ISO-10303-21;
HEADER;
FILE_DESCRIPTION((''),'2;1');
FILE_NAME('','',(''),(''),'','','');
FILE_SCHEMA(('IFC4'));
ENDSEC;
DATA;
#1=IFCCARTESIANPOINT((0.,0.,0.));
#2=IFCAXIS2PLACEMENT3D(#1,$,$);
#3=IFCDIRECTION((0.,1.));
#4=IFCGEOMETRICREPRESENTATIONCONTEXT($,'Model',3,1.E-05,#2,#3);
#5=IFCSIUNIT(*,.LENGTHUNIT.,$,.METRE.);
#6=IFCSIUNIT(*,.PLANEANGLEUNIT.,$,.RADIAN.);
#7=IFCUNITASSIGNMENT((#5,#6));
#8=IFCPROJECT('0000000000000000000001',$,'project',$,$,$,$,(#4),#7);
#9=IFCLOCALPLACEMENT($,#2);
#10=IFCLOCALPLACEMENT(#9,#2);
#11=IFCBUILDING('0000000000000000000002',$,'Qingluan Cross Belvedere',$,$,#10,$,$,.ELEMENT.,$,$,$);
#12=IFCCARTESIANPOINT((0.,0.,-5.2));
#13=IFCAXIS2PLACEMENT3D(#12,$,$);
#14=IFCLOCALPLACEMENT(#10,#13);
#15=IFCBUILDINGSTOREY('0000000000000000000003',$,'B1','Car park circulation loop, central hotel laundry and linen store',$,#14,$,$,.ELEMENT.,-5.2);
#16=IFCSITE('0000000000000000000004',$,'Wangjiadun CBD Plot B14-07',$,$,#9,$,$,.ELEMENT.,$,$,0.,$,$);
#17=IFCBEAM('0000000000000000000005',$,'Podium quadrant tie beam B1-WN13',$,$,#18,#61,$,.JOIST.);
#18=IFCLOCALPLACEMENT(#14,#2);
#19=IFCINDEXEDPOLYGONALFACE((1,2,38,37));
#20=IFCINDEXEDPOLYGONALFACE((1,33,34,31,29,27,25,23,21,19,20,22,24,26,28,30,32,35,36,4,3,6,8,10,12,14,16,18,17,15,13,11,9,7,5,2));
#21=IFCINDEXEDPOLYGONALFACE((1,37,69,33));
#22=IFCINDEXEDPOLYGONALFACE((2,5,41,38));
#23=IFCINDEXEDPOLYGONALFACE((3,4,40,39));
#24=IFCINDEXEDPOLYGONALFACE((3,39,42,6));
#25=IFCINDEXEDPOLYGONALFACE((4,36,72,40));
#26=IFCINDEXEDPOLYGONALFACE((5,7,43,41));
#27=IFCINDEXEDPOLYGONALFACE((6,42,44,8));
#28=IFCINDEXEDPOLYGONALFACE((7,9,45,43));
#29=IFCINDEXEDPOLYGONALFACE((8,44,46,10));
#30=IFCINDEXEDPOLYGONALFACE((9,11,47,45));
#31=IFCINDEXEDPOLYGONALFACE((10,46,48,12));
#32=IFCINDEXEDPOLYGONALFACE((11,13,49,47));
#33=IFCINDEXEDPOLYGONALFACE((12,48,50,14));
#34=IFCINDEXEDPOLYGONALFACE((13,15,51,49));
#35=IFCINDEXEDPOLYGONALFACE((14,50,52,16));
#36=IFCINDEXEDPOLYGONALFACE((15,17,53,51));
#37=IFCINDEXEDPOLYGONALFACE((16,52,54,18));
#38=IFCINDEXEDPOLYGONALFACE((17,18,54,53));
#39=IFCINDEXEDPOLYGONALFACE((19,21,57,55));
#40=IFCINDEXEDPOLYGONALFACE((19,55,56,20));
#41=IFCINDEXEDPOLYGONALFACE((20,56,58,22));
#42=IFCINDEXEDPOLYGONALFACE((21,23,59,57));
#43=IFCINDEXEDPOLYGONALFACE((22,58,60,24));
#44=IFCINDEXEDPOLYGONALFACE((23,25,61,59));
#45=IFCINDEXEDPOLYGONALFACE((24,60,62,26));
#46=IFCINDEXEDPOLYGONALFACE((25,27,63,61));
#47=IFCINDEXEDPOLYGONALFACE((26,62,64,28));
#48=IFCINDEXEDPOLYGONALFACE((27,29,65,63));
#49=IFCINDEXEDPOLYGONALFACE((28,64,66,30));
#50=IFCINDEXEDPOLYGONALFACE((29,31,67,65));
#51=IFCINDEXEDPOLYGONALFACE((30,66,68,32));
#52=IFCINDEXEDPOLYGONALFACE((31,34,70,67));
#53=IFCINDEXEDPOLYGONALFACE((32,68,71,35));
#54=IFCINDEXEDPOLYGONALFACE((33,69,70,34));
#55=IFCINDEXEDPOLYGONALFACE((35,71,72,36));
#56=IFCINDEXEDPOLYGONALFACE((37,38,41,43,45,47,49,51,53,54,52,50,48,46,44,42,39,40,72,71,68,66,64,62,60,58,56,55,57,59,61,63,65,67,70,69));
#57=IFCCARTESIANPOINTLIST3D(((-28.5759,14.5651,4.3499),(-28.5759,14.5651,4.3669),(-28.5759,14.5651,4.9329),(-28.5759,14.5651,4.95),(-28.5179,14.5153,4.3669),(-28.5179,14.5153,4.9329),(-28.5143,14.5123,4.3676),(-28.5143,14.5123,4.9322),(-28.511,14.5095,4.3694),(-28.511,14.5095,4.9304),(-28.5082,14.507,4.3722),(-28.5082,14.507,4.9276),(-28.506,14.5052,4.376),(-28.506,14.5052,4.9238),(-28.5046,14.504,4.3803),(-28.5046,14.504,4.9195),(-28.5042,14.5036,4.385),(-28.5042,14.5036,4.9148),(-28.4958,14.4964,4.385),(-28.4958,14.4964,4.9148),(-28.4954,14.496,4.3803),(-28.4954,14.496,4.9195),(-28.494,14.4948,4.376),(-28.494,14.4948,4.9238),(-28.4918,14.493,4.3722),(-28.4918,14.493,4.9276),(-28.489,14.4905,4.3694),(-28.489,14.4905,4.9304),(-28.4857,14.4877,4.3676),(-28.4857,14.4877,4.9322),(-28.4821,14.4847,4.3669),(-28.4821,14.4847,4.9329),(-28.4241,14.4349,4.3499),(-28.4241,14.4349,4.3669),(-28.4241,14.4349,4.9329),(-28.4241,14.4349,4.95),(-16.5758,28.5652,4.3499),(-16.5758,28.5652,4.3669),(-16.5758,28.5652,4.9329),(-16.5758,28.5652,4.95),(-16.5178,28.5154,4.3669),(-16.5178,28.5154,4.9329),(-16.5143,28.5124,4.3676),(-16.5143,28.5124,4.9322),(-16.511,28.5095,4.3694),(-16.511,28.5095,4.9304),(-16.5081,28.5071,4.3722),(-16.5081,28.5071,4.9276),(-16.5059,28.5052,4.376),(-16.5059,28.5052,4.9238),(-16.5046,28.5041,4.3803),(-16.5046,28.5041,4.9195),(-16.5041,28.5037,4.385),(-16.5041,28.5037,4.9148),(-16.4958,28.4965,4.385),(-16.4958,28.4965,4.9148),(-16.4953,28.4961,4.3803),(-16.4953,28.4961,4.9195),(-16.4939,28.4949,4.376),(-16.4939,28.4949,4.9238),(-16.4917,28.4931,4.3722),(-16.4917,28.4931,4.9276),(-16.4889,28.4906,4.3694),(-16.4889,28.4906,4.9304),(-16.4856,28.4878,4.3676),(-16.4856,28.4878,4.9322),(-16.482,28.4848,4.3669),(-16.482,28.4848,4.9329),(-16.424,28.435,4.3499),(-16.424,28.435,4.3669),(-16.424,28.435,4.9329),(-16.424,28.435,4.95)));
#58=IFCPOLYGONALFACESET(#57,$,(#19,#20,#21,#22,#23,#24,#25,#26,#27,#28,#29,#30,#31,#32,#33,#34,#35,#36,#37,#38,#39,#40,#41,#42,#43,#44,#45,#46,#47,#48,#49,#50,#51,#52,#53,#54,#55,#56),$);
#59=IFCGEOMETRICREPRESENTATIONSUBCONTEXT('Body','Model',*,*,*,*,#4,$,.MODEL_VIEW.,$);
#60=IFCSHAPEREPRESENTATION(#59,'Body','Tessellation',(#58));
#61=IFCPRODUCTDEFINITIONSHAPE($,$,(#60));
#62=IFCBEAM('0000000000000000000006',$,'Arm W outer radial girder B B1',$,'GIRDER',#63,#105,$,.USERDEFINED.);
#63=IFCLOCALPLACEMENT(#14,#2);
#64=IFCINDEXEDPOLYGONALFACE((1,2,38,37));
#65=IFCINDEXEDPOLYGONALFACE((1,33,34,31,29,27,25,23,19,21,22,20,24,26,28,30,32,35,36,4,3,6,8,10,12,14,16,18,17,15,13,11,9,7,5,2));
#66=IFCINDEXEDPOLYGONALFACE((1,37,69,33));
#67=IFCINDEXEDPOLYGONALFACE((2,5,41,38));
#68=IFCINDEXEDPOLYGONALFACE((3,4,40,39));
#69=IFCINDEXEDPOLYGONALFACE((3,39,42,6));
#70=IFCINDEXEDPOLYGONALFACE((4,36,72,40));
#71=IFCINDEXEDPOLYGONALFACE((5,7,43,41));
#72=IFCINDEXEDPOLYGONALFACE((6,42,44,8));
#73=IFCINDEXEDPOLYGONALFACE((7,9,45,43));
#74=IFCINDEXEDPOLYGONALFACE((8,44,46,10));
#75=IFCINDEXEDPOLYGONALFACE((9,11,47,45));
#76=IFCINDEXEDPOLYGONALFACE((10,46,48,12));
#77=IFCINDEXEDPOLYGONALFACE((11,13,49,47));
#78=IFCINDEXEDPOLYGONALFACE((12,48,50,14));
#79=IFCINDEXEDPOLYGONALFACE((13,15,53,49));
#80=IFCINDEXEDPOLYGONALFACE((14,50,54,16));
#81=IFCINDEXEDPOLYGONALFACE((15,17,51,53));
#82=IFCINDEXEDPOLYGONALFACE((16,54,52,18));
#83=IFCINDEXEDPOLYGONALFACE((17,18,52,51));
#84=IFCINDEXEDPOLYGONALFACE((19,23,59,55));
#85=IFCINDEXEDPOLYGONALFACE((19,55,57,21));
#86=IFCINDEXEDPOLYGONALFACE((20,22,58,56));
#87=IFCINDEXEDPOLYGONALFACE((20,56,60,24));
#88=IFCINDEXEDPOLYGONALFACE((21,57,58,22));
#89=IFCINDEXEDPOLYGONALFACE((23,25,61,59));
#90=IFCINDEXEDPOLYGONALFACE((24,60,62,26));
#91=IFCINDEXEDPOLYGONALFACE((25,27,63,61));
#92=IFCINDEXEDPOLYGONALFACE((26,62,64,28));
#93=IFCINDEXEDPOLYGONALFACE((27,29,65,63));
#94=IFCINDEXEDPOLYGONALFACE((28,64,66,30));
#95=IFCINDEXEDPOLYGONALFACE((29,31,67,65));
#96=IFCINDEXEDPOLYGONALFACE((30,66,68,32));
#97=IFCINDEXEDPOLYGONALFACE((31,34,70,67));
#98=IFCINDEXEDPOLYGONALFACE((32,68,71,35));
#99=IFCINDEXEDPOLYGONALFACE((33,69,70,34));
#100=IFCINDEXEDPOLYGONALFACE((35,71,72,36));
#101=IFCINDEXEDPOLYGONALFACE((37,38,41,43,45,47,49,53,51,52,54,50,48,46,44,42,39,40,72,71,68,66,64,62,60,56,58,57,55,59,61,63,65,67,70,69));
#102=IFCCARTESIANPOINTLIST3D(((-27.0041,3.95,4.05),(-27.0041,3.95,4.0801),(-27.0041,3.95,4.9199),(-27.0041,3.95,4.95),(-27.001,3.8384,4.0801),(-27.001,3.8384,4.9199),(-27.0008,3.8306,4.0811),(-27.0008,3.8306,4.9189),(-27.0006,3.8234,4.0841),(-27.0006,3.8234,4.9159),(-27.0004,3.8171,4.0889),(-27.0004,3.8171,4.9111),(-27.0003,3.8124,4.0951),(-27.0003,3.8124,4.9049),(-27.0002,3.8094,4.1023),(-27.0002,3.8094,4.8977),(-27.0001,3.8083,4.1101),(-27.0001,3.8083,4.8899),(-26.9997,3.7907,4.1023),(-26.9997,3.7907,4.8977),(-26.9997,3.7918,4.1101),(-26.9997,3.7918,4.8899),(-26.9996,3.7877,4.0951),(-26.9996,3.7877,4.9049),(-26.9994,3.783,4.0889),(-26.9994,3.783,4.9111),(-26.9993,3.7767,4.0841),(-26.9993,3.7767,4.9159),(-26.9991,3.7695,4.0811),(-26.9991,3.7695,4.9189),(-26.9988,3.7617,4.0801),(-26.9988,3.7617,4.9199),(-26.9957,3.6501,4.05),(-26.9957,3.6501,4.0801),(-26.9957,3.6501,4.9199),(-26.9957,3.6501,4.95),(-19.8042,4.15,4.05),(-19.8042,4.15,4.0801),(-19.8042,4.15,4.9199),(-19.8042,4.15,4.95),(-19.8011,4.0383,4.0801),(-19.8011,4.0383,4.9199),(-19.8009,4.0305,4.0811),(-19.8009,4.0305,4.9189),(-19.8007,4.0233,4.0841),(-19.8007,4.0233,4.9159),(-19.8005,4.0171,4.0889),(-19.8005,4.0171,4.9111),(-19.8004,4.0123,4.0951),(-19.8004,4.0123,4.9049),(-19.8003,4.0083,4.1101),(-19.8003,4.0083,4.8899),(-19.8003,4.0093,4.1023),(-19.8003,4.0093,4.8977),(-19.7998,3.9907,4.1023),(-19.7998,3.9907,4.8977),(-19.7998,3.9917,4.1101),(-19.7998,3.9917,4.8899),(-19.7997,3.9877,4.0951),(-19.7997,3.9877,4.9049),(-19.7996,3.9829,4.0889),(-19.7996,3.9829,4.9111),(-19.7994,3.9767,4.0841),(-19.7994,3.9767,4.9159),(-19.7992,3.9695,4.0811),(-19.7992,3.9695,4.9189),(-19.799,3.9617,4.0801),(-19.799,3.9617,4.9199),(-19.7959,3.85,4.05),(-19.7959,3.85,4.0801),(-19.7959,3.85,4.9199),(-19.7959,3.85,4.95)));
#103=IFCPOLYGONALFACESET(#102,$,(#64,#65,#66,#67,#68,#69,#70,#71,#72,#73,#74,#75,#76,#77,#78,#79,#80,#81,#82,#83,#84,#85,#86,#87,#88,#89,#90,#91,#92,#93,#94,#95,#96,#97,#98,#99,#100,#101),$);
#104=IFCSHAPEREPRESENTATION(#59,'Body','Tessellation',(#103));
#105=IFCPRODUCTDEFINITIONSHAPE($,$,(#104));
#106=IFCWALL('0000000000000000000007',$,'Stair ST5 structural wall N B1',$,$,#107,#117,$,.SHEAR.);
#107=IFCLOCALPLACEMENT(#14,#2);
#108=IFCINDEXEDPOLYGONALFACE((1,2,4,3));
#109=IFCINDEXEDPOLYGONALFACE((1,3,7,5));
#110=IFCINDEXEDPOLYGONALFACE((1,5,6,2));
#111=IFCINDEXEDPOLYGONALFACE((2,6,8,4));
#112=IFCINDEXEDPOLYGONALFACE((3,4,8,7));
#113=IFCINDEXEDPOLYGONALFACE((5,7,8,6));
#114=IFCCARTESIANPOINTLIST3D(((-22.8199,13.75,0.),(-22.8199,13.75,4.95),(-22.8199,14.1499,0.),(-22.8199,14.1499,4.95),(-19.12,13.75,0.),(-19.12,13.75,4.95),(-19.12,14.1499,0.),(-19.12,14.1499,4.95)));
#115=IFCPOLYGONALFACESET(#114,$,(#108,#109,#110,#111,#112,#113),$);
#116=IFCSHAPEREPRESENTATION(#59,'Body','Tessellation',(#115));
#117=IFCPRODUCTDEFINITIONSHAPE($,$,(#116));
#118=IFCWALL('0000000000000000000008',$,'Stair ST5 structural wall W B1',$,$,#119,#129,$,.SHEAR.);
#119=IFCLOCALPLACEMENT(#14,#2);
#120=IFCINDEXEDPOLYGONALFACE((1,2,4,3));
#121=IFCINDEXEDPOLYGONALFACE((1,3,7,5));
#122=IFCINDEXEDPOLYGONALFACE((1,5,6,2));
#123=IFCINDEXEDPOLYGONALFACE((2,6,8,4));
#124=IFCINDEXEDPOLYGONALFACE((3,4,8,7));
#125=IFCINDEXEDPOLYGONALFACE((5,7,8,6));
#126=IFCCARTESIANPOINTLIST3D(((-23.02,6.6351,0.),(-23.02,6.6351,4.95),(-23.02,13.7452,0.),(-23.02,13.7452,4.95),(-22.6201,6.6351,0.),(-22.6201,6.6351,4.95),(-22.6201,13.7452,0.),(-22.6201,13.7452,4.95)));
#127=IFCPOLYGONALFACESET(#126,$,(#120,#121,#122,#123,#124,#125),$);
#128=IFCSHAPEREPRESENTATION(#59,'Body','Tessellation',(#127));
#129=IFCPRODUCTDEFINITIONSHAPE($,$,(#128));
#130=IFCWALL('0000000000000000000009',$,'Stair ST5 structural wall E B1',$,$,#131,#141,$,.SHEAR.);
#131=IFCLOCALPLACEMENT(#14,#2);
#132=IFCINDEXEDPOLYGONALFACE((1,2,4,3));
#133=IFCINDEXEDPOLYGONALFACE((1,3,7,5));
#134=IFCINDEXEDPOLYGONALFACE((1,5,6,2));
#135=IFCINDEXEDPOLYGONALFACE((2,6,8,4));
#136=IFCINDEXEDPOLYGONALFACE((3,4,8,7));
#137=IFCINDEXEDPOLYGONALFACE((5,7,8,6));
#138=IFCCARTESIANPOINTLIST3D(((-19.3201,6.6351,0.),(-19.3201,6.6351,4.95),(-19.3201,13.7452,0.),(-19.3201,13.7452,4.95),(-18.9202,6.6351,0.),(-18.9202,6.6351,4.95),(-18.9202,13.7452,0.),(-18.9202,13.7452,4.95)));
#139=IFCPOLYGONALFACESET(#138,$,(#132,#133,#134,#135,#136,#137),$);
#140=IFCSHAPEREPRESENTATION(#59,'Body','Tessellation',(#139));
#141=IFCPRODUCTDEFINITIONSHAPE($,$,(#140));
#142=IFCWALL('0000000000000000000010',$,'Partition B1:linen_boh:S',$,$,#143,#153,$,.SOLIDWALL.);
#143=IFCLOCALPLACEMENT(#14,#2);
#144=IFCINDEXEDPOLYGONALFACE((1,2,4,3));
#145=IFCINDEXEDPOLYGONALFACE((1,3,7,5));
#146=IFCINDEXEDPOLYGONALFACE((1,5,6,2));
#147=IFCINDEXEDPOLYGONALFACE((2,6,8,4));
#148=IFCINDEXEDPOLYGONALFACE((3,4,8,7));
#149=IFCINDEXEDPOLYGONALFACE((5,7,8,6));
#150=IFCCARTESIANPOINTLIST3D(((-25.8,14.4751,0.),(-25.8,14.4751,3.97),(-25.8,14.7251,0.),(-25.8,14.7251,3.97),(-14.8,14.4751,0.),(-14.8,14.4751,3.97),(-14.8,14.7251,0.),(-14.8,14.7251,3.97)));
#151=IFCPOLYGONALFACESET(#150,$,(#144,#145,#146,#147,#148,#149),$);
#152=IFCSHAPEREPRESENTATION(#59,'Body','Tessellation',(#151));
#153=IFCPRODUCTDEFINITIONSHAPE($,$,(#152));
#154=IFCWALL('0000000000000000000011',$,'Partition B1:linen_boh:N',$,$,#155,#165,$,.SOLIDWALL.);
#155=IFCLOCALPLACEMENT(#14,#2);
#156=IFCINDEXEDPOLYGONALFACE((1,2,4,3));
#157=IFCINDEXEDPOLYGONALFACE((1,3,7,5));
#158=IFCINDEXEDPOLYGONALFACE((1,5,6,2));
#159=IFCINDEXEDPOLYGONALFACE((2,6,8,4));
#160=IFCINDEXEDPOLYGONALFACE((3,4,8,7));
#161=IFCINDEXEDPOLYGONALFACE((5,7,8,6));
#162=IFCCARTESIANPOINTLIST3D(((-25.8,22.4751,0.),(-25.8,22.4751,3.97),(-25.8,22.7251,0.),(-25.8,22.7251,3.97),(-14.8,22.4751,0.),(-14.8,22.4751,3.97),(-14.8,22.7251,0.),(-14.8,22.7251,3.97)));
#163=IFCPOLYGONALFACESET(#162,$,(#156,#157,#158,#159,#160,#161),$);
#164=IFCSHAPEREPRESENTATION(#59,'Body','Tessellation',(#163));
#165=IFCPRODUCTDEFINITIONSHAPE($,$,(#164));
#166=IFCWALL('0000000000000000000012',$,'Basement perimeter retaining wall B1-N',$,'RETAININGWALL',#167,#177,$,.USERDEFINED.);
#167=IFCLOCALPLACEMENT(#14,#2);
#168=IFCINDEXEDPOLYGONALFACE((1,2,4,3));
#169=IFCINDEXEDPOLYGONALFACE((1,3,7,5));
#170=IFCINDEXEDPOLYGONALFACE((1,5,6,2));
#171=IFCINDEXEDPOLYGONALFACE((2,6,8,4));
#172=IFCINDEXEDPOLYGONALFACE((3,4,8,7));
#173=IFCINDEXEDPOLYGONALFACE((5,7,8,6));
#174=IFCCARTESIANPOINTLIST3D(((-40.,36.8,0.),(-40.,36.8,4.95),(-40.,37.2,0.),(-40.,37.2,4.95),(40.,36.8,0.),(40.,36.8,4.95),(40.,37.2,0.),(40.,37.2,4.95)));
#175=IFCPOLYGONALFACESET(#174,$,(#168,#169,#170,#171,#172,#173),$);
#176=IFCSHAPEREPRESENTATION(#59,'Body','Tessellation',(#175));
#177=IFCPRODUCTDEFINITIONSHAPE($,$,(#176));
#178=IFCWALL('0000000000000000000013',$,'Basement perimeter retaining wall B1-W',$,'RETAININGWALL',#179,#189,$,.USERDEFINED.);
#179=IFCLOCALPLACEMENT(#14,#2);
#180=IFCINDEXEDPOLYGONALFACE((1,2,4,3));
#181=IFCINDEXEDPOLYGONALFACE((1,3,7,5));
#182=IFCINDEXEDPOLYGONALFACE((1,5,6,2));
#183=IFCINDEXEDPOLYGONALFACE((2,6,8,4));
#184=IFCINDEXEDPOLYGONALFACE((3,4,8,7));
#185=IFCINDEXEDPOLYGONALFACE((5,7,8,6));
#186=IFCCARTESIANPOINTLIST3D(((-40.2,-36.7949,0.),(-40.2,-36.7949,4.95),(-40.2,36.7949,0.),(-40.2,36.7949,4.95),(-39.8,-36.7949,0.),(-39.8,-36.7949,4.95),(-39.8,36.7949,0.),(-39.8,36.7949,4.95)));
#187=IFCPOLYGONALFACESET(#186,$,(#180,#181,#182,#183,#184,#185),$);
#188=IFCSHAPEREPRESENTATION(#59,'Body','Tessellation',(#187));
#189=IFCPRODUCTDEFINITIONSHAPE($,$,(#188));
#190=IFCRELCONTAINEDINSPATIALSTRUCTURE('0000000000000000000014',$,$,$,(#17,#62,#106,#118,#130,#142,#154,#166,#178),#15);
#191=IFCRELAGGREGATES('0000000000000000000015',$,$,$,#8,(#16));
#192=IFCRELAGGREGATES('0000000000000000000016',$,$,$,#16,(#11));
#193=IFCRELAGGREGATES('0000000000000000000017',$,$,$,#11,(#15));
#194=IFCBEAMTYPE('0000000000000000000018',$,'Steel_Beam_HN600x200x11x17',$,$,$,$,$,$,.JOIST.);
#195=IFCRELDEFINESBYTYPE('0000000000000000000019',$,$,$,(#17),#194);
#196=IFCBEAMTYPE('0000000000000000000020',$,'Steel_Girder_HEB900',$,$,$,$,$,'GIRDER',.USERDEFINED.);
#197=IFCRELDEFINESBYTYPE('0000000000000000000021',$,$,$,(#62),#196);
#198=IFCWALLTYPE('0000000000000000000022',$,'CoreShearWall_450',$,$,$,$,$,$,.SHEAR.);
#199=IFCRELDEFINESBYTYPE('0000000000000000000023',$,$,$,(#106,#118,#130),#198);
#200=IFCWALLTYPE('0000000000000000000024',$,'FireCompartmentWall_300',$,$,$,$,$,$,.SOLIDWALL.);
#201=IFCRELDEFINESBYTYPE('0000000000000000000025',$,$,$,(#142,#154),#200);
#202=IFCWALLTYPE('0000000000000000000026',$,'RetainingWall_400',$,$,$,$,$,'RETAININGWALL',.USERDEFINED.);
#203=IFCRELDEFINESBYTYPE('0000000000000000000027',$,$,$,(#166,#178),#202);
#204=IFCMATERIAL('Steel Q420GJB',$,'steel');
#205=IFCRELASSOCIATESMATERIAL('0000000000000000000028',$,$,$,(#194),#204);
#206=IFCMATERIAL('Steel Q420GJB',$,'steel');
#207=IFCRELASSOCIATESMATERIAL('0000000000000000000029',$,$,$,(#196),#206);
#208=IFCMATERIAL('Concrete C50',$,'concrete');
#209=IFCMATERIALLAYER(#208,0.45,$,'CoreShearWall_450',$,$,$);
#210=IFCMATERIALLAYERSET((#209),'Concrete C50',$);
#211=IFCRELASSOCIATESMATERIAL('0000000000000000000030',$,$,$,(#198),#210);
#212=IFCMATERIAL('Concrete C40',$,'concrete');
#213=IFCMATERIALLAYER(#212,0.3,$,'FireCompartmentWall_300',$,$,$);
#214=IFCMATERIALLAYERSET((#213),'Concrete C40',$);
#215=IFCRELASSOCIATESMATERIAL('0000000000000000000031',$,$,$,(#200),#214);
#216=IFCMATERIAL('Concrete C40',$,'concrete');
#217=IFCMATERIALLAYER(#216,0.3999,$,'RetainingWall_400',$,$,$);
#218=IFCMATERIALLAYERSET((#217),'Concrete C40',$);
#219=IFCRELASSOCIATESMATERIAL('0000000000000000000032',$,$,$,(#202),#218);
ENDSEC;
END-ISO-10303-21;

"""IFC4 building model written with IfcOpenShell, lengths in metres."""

from ifc_helpers import new_model, si_unit, direction, frame, frame_2d, origin, origin_2d, place, context, subcontext, project, spatial, rectangle, i_section, extrude, material, layer, layer_set, material_profile, profile_set, type_object, element, save


model = new_model("IFC4")

# Units and contexts
model_context = context("Model", 3, precision=1e-05, world=origin(), true_north=direction((0.0, 1.0)))
body_context = subcontext(model_context, "Body", "Model", "MODEL_VIEW")
ifc_project = project(units=[si_unit("LENGTHUNIT", "METRE"), si_unit("PLANEANGLEUNIT", "RADIAN")], contexts=[model_context])

# Site, building, storey
site_placement = place(None, origin())
site = spatial("IfcSite", under=ifc_project, at=site_placement, Name="Wangjiadun CBD Plot B14-07", CompositionType="ELEMENT", RefElevation=0.0)
building_placement = place(site_placement, origin())
building = spatial("IfcBuilding", under=site, at=building_placement, Name="Qingluan Cross Belvedere", CompositionType="ELEMENT")
storey_placement = place(building_placement, frame((0.0, 0.0, -5.2)))
storey = spatial("IfcBuildingStorey", under=building, at=storey_placement, Name="B1", Description="Car park circulation loop, central hotel laundry and linen store", CompositionType="ELEMENT", Elevation=-5.2)

# Beams
ifc_material_1 = material(Name="Steel Q420GJB", Category="steel")
ifc_material_profile_1 = material_profile(ifc_material_1, i_section(OverallWidth=0.2, OverallDepth=0.6001, WebThickness=0.011, FlangeThickness=0.0171, FilletRadius=0.0181, at=origin_2d()), Name="HN600x200x11x17")
ifc_profile_set_1 = profile_set([ifc_material_profile_1], Name="Steel Q420GJB")
beam_type_1 = type_object("IfcBeamType", Name="Steel_Beam_HN600x200x11x17", PredefinedType="JOIST", material=ifc_profile_set_1)
beam_1_placement = place(storey_placement, frame((-28.5, 14.5, 4.6499), z_axis=(0.650791, 0.759257, 0.0), x_axis=(-0.759257, 0.650791, 0.0)))
element("IfcBeam", 1, at=beam_1_placement, inside=storey, type_object=beam_type_1, Name="Podium quadrant tie beam B1-WN13", PredefinedType="JOIST", context=body_context, shape_type="SweptSolid", body=[
    extrude(i_section(OverallWidth=0.2, OverallDepth=0.6001, WebThickness=0.011, FlangeThickness=0.0171, FilletRadius=0.0181, at=origin_2d()), origin(), (0.0, 0.0, 1.0), 18.4392),
])
ifc_material_2 = material(Name="Steel Q420GJB", Category="steel")
ifc_material_profile_2 = material_profile(ifc_material_2, i_section(OverallWidth=0.3, OverallDepth=0.8999, WebThickness=0.0166, FlangeThickness=0.03, FilletRadius=0.03, at=origin_2d()), Name="HEB900")
ifc_profile_set_2 = profile_set([ifc_material_profile_2], Name="Steel Q420GJB")
beam_type_2 = type_object("IfcBeamType", Name="Steel_Girder_HEB900", ElementType="GIRDER", PredefinedType="USERDEFINED", material=ifc_profile_set_2)
beam_2_placement = place(storey_placement, frame((-19.8, 4.0, 4.5), z_axis=(-0.999615, -0.02776, 0.0), x_axis=(0.02776, -0.999615, 0.0)))
element("IfcBeam", 2, at=beam_2_placement, inside=storey, type_object=beam_type_2, Name="Arm W outer radial girder B B1", ObjectType="GIRDER", PredefinedType="USERDEFINED", context=body_context, shape_type="SweptSolid", body=[
    extrude(i_section(OverallWidth=0.3, OverallDepth=0.8999, WebThickness=0.0166, FlangeThickness=0.03, FilletRadius=0.03, at=origin_2d()), origin(), (0.0, 0.0, 1.0), 7.2026),
])

# Wall
ifc_material_3 = material(Name="Concrete C50", Category="concrete")
ifc_layer_1 = layer(ifc_material_3, 0.45, Name="CoreShearWall_450")
ifc_layer_set_1 = layer_set([ifc_layer_1], Name="Concrete C50")
wall_type_1 = type_object("IfcWallType", Name="CoreShearWall_450", PredefinedType="SHEAR", material=ifc_layer_set_1)
wall_1_placement = place(storey_placement, frame((-22.8201, 13.95, 0.0), z_axis=(0.0, 0.0, 1.0), x_axis=(1.0, 0.0, 0.0)))
element("IfcWall", 3, at=wall_1_placement, inside=storey, type_object=wall_type_1, Name="Stair ST5 structural wall N B1", PredefinedType="SHEAR", context=body_context, shape_type="SweptSolid", body=[
    extrude(rectangle(XDim=3.7, YDim=0.3999, at=frame_2d((1.8501, 0.0))), origin(), (0.0, 0.0, 1.0), 4.95),
])

# Walls
for number, where, z_axis, x_axis, name in (
    (4, (-22.8201, 6.635, 0.0), (0.0, 0.0, 1.0), (0.0, 1.0, 0.0), "Stair ST5 structural wall W B1"),
    (5, (-19.1201, 6.635, 0.0), (0.0, 0.0, 1.0), (0.0, 1.0, 0.0), "Stair ST5 structural wall E B1"),
):
    element("IfcWall", number, at=place(storey_placement, frame(where, z_axis=z_axis, x_axis=x_axis)), inside=storey, type_object=wall_type_1, Name=name, PredefinedType="SHEAR", context=body_context, shape_type="SweptSolid", body=[
        extrude(rectangle(XDim=7.1101, YDim=0.3999, at=frame_2d((3.5552, 0.0))), origin(), (0.0, 0.0, 1.0), 4.95),
    ])
ifc_material_4 = material(Name="Concrete C40", Category="concrete")
ifc_layer_2 = layer(ifc_material_4, 0.3, Name="FireCompartmentWall_300")
ifc_layer_set_2 = layer_set([ifc_layer_2], Name="Concrete C40")
wall_type_2 = type_object("IfcWallType", Name="FireCompartmentWall_300", PredefinedType="SOLIDWALL", material=ifc_layer_set_2)
for number, where, z_axis, x_axis, name in (
    (6, (-25.8, 14.6001, 0.0), (0.0, 0.0, 1.0), (1.0, 0.0, 0.0), "Partition B1:linen_boh:S"),
    (7, (-25.8, 22.6001, 0.0), (0.0, 0.0, 1.0), (1.0, 0.0, 0.0), "Partition B1:linen_boh:N"),
):
    element("IfcWall", number, at=place(storey_placement, frame(where, z_axis=z_axis, x_axis=x_axis)), inside=storey, type_object=wall_type_2, Name=name, PredefinedType="SOLIDWALL", context=body_context, shape_type="SweptSolid", body=[
        extrude(rectangle(XDim=11.0, YDim=0.25, at=frame_2d((5.5, 0.0))), origin(), (0.0, 0.0, 1.0), 3.97),
    ])

# Walls
ifc_material_5 = material(Name="Concrete C40", Category="concrete")
ifc_layer_3 = layer(ifc_material_5, 0.3999, Name="RetainingWall_400")
ifc_layer_set_3 = layer_set([ifc_layer_3], Name="Concrete C40")
wall_type_3 = type_object("IfcWallType", Name="RetainingWall_400", ElementType="RETAININGWALL", PredefinedType="USERDEFINED", material=ifc_layer_set_3)
wall_2_placement = place(storey_placement, frame((-40.0, 37.0, 0.0), z_axis=(0.0, 0.0, 1.0), x_axis=(1.0, 0.0, 0.0)))
element("IfcWall", 8, at=wall_2_placement, inside=storey, type_object=wall_type_3, Name="Basement perimeter retaining wall B1-N", ObjectType="RETAININGWALL", PredefinedType="USERDEFINED", context=body_context, shape_type="SweptSolid", body=[
    extrude(rectangle(XDim=80.0, YDim=0.3999, at=frame_2d((40.0, 0.0))), origin(), (0.0, 0.0, 1.0), 4.95),
])
wall_3_placement = place(storey_placement, frame((-40.0, 36.7949, 0.0), z_axis=(0.0, 0.0, 1.0), x_axis=(0.0, -1.0, 0.0)))
element("IfcWall", 9, at=wall_3_placement, inside=storey, type_object=wall_type_3, Name="Basement perimeter retaining wall B1-W", ObjectType="RETAININGWALL", PredefinedType="USERDEFINED", context=body_context, shape_type="SweptSolid", body=[
    extrude(rectangle(XDim=73.5898, YDim=0.3999, at=frame_2d((36.7949, 0.0))), origin(), (0.0, 0.0, 1.0), 4.95),
])

save(model, "model.ifc")
